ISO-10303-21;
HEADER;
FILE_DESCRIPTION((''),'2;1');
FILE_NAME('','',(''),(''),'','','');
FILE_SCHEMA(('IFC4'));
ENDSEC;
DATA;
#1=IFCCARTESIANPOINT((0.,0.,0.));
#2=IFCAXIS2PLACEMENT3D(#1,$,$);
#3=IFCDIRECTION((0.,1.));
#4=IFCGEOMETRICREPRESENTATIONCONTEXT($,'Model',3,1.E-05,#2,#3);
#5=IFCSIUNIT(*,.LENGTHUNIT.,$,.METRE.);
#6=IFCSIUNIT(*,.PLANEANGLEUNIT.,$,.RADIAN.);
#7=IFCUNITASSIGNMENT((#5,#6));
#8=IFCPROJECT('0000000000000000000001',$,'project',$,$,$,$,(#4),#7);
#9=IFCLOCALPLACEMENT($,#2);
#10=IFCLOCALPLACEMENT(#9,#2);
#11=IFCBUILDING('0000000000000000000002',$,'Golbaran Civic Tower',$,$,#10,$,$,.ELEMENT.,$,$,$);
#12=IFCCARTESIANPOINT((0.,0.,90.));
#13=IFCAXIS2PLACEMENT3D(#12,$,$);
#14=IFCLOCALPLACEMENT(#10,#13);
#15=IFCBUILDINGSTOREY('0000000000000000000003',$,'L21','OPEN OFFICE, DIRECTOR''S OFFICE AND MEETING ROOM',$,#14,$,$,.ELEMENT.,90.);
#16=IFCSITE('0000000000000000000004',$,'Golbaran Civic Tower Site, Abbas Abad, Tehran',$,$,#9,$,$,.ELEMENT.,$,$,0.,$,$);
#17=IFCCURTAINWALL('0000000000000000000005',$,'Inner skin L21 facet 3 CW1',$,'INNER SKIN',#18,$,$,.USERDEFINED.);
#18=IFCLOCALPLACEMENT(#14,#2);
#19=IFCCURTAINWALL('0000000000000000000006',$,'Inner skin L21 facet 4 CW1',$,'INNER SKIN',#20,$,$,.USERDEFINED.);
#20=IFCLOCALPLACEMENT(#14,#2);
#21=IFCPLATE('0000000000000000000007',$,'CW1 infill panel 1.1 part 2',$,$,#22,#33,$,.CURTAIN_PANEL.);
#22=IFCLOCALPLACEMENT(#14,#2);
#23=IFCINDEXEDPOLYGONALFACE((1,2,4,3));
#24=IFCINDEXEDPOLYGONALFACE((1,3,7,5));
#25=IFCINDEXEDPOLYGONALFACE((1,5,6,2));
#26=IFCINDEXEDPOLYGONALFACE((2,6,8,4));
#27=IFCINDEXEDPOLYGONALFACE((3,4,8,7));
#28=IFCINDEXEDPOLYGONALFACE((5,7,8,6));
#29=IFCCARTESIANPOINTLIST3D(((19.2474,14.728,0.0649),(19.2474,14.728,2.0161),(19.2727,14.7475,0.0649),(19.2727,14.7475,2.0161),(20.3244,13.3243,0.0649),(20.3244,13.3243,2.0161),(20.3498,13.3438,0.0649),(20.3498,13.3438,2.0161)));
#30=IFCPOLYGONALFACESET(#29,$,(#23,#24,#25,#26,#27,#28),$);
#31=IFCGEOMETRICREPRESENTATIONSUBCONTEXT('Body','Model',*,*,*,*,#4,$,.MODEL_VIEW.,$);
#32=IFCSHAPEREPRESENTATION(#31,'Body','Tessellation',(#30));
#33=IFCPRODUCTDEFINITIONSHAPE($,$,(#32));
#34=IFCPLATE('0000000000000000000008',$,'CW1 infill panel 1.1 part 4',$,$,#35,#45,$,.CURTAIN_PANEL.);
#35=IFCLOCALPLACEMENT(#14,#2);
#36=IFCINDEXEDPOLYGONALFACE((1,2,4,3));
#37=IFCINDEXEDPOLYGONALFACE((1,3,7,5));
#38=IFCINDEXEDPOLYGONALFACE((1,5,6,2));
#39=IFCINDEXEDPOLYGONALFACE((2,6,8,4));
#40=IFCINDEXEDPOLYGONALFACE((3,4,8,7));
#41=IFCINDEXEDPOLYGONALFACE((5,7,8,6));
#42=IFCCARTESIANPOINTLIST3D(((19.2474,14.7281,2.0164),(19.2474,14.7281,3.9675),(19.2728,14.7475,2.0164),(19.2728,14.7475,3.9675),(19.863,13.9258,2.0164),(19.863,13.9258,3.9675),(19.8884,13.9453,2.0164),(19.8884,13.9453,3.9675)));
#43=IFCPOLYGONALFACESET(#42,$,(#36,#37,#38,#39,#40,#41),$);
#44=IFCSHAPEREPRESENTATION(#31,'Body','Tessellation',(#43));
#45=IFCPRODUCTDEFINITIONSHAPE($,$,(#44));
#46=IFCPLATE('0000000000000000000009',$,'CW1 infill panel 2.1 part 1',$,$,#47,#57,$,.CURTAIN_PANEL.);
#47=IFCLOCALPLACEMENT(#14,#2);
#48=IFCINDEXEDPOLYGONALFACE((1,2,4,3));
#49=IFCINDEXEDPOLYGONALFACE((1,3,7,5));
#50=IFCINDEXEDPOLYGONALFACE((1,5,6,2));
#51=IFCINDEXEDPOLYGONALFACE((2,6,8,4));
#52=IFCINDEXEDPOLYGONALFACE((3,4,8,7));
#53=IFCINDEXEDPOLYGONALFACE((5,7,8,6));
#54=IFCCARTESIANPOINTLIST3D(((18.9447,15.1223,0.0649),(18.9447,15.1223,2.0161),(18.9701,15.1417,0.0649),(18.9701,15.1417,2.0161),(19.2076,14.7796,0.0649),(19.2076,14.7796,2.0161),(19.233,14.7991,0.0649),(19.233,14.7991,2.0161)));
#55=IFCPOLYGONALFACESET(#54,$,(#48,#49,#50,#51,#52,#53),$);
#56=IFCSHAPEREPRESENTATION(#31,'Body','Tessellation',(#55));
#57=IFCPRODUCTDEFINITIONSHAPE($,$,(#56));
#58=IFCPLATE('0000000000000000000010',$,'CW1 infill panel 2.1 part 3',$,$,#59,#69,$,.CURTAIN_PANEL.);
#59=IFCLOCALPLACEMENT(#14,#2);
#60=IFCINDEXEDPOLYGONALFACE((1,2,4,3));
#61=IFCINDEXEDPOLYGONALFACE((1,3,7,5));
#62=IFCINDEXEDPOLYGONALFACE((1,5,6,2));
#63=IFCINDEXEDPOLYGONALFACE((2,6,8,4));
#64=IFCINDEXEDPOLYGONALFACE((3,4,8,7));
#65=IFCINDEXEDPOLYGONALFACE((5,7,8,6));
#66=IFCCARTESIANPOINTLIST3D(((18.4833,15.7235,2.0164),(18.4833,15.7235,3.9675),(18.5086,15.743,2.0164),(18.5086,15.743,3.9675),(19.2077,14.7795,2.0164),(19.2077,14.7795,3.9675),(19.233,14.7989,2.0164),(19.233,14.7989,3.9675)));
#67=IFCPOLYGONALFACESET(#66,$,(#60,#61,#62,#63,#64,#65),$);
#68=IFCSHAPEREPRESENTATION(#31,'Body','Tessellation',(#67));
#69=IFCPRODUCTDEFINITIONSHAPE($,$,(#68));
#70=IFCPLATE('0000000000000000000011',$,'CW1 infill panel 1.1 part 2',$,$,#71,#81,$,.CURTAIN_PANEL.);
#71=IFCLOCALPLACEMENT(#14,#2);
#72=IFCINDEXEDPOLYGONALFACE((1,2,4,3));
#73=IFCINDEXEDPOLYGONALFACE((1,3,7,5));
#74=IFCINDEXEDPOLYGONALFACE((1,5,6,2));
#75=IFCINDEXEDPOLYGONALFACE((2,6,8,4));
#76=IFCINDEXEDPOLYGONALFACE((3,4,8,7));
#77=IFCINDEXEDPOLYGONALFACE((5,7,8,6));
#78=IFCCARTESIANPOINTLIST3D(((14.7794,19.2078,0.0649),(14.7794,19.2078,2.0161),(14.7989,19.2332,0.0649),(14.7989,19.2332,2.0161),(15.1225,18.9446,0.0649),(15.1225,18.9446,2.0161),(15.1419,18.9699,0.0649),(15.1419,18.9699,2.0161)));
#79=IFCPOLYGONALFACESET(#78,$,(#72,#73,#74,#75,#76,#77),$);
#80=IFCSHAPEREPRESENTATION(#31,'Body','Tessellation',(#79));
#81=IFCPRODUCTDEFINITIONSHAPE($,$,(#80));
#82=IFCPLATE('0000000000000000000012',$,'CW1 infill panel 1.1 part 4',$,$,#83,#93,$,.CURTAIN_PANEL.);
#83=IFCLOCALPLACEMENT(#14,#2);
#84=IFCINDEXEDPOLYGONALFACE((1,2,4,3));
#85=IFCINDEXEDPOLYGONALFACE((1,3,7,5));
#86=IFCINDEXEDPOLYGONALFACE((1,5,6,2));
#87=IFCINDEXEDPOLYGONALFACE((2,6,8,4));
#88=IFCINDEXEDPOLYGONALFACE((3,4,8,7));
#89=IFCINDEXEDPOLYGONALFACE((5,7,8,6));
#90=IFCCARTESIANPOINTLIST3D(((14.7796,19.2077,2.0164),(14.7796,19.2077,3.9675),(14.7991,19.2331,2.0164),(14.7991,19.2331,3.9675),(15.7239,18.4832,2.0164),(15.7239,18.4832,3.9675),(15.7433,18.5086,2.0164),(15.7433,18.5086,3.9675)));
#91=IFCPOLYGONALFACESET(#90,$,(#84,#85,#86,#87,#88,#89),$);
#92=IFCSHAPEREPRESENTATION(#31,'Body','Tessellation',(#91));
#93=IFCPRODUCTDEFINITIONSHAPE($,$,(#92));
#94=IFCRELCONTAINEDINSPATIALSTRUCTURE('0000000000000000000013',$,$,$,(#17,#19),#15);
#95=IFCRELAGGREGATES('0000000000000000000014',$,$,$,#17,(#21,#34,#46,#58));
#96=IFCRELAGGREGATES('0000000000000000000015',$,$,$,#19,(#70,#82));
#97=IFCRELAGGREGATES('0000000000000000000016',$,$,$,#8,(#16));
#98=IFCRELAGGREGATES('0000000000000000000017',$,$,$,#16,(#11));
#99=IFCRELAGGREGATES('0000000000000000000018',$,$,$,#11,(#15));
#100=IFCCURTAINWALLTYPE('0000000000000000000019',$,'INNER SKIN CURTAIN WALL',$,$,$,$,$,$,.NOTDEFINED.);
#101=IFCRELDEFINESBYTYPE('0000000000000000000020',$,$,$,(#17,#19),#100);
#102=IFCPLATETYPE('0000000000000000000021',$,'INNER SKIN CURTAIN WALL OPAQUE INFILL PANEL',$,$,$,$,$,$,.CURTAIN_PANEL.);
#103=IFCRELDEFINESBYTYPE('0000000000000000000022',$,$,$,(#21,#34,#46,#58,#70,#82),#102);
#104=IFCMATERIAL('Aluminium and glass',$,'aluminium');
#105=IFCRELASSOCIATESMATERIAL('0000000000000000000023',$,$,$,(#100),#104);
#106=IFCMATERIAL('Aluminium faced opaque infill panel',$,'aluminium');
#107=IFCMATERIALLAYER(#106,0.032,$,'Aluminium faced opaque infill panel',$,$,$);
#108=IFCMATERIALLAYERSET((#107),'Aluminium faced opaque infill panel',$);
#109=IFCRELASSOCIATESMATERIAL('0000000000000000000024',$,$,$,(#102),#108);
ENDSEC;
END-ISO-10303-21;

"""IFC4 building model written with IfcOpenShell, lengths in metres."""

from ifc_helpers import new_model, si_unit, direction, frame, origin, origin_2d, place, context, subcontext, project, spatial, rectangle, extrude, material, layer, layer_set, type_object, element, aggregate, save


model = new_model("IFC4")

# Units and contexts
model_context = context("Model", 3, precision=1e-05, world=origin(), true_north=direction((0.0, 1.0)))
body_context = subcontext(model_context, "Body", "Model", "MODEL_VIEW")
ifc_project = project(units=[si_unit("LENGTHUNIT", "METRE"), si_unit("PLANEANGLEUNIT", "RADIAN")], contexts=[model_context])

# Site, building, storey
site_placement = place(None, origin())
site = spatial("IfcSite", under=ifc_project, at=site_placement, Name="Golbaran Civic Tower Site, Abbas Abad, Tehran", CompositionType="ELEMENT", RefElevation=0.0)
building_placement = place(site_placement, origin())
building = spatial("IfcBuilding", under=site, at=building_placement, Name="Golbaran Civic Tower", CompositionType="ELEMENT")
storey_placement = place(building_placement, frame((0.0, 0.0, 90.0)))
storey = spatial("IfcBuildingStorey", under=building, at=storey_placement, Name="L21", Description="OPEN OFFICE, DIRECTOR'S OFFICE AND MEETING ROOM", CompositionType="ELEMENT", Elevation=90.0)

# Shared definitions
ifc_material_1 = material(Name="Aluminium and glass", Category="aluminium")
curtain_wall_type = type_object("IfcCurtainWallType", Name="INNER SKIN CURTAIN WALL", PredefinedType="NOTDEFINED", material=ifc_material_1)

# Curtain walls
curtain_wall_1_placement = place(storey_placement, origin())
curtain_wall_1 = element("IfcCurtainWall", 1, at=curtain_wall_1_placement, inside=storey, type_object=curtain_wall_type, Name="Inner skin L21 facet 3 CW1", ObjectType="INNER SKIN", PredefinedType="USERDEFINED")
curtain_wall_2_placement = place(storey_placement, origin())
curtain_wall_2 = element("IfcCurtainWall", 2, at=curtain_wall_2_placement, inside=storey, type_object=curtain_wall_type, Name="Inner skin L21 facet 4 CW1", ObjectType="INNER SKIN", PredefinedType="USERDEFINED")

# Plates
ifc_material_2 = material(Name="Aluminium faced opaque infill panel", Category="aluminium")
ifc_layer_1 = layer(ifc_material_2, 0.032, Name="Aluminium faced opaque infill panel")
ifc_layer_set_1 = layer_set([ifc_layer_1], Name="Aluminium faced opaque infill panel")
plate_type_1 = type_object("IfcPlateType", Name="INNER SKIN CURTAIN WALL OPAQUE INFILL PANEL", PredefinedType="CURTAIN_PANEL", material=ifc_layer_set_1)
plate_1_placement = place(storey_placement, frame((19.7986, 14.0359, 0.0649), z_axis=(0.0, 0.0, 1.0), x_axis=(-0.608761, 0.793353, 0.0)))
plate_1 = element("IfcPlate", 3, at=plate_1_placement, type_object=plate_type_1, Name="CW1 infill panel 1.1 part 2", PredefinedType="CURTAIN_PANEL", context=body_context, shape_type="SweptSolid", body=[
    extrude(rectangle(XDim=1.7693, YDim=0.032, at=origin_2d()), origin(), (0.0, 0.0, 1.0), 1.9512),
])
plate_2_placement = place(storey_placement, frame((19.5679, 14.3367, 2.0164), z_axis=(0.0, 0.0, 1.0), x_axis=(-0.608761, 0.793353, 0.0)))
plate_2 = element("IfcPlate", 4, at=plate_2_placement, type_object=plate_type_1, Name="CW1 infill panel 1.1 part 4", PredefinedType="CURTAIN_PANEL", context=body_context, shape_type="SweptSolid", body=[
    extrude(rectangle(XDim=1.0112, YDim=0.032, at=origin_2d()), origin(), (0.0, 0.0, 1.0), 1.9512),
])
plate_3_placement = place(storey_placement, frame((19.0889, 14.9607, 0.0649), z_axis=(0.0, 0.0, 1.0), x_axis=(-0.608761, 0.793353, 0.0)))
plate_3 = element("IfcPlate", 5, at=plate_3_placement, type_object=plate_type_1, Name="CW1 infill panel 2.1 part 1", PredefinedType="CURTAIN_PANEL", context=body_context, shape_type="SweptSolid", body=[
    extrude(rectangle(XDim=0.4319, YDim=0.032, at=origin_2d()), origin(), (0.0, 0.0, 1.0), 1.9512),
])
plate_4_placement = place(storey_placement, frame((18.8582, 15.2612, 2.0164), z_axis=(0.0, 0.0, 1.0), x_axis=(-0.608761, 0.793353, 0.0)))
plate_4 = element("IfcPlate", 6, at=plate_4_placement, type_object=plate_type_1, Name="CW1 infill panel 2.1 part 3", PredefinedType="CURTAIN_PANEL", context=body_context, shape_type="SweptSolid", body=[
    extrude(rectangle(XDim=1.1899, YDim=0.032, at=origin_2d()), origin(), (0.0, 0.0, 1.0), 1.9512),
])
aggregate(curtain_wall_1, [plate_1, plate_2, plate_3, plate_4])
plate_5_placement = place(storey_placement, frame((14.9607, 19.0889, 0.0649), z_axis=(0.0, 0.0, 1.0), x_axis=(-0.793353, 0.608761, 0.0)))
plate_5 = element("IfcPlate", 7, at=plate_5_placement, type_object=plate_type_1, Name="CW1 infill panel 1.1 part 2", PredefinedType="CURTAIN_PANEL", context=body_context, shape_type="SweptSolid", body=[
    extrude(rectangle(XDim=0.4324, YDim=0.032, at=origin_2d()), origin(), (0.0, 0.0, 1.0), 1.9512),
])
plate_6_placement = place(storey_placement, frame((15.2615, 18.8582, 2.0164), z_axis=(0.0, 0.0, 1.0), x_axis=(-0.793353, 0.608761, 0.0)))
plate_6 = element("IfcPlate", 8, at=plate_6_placement, type_object=plate_type_1, Name="CW1 infill panel 1.1 part 4", PredefinedType="CURTAIN_PANEL", context=body_context, shape_type="SweptSolid", body=[
    extrude(rectangle(XDim=1.1902, YDim=0.032, at=origin_2d()), origin(), (0.0, 0.0, 1.0), 1.9512),
])
aggregate(curtain_wall_2, [plate_5, plate_6])

save(model, "model.ifc")
